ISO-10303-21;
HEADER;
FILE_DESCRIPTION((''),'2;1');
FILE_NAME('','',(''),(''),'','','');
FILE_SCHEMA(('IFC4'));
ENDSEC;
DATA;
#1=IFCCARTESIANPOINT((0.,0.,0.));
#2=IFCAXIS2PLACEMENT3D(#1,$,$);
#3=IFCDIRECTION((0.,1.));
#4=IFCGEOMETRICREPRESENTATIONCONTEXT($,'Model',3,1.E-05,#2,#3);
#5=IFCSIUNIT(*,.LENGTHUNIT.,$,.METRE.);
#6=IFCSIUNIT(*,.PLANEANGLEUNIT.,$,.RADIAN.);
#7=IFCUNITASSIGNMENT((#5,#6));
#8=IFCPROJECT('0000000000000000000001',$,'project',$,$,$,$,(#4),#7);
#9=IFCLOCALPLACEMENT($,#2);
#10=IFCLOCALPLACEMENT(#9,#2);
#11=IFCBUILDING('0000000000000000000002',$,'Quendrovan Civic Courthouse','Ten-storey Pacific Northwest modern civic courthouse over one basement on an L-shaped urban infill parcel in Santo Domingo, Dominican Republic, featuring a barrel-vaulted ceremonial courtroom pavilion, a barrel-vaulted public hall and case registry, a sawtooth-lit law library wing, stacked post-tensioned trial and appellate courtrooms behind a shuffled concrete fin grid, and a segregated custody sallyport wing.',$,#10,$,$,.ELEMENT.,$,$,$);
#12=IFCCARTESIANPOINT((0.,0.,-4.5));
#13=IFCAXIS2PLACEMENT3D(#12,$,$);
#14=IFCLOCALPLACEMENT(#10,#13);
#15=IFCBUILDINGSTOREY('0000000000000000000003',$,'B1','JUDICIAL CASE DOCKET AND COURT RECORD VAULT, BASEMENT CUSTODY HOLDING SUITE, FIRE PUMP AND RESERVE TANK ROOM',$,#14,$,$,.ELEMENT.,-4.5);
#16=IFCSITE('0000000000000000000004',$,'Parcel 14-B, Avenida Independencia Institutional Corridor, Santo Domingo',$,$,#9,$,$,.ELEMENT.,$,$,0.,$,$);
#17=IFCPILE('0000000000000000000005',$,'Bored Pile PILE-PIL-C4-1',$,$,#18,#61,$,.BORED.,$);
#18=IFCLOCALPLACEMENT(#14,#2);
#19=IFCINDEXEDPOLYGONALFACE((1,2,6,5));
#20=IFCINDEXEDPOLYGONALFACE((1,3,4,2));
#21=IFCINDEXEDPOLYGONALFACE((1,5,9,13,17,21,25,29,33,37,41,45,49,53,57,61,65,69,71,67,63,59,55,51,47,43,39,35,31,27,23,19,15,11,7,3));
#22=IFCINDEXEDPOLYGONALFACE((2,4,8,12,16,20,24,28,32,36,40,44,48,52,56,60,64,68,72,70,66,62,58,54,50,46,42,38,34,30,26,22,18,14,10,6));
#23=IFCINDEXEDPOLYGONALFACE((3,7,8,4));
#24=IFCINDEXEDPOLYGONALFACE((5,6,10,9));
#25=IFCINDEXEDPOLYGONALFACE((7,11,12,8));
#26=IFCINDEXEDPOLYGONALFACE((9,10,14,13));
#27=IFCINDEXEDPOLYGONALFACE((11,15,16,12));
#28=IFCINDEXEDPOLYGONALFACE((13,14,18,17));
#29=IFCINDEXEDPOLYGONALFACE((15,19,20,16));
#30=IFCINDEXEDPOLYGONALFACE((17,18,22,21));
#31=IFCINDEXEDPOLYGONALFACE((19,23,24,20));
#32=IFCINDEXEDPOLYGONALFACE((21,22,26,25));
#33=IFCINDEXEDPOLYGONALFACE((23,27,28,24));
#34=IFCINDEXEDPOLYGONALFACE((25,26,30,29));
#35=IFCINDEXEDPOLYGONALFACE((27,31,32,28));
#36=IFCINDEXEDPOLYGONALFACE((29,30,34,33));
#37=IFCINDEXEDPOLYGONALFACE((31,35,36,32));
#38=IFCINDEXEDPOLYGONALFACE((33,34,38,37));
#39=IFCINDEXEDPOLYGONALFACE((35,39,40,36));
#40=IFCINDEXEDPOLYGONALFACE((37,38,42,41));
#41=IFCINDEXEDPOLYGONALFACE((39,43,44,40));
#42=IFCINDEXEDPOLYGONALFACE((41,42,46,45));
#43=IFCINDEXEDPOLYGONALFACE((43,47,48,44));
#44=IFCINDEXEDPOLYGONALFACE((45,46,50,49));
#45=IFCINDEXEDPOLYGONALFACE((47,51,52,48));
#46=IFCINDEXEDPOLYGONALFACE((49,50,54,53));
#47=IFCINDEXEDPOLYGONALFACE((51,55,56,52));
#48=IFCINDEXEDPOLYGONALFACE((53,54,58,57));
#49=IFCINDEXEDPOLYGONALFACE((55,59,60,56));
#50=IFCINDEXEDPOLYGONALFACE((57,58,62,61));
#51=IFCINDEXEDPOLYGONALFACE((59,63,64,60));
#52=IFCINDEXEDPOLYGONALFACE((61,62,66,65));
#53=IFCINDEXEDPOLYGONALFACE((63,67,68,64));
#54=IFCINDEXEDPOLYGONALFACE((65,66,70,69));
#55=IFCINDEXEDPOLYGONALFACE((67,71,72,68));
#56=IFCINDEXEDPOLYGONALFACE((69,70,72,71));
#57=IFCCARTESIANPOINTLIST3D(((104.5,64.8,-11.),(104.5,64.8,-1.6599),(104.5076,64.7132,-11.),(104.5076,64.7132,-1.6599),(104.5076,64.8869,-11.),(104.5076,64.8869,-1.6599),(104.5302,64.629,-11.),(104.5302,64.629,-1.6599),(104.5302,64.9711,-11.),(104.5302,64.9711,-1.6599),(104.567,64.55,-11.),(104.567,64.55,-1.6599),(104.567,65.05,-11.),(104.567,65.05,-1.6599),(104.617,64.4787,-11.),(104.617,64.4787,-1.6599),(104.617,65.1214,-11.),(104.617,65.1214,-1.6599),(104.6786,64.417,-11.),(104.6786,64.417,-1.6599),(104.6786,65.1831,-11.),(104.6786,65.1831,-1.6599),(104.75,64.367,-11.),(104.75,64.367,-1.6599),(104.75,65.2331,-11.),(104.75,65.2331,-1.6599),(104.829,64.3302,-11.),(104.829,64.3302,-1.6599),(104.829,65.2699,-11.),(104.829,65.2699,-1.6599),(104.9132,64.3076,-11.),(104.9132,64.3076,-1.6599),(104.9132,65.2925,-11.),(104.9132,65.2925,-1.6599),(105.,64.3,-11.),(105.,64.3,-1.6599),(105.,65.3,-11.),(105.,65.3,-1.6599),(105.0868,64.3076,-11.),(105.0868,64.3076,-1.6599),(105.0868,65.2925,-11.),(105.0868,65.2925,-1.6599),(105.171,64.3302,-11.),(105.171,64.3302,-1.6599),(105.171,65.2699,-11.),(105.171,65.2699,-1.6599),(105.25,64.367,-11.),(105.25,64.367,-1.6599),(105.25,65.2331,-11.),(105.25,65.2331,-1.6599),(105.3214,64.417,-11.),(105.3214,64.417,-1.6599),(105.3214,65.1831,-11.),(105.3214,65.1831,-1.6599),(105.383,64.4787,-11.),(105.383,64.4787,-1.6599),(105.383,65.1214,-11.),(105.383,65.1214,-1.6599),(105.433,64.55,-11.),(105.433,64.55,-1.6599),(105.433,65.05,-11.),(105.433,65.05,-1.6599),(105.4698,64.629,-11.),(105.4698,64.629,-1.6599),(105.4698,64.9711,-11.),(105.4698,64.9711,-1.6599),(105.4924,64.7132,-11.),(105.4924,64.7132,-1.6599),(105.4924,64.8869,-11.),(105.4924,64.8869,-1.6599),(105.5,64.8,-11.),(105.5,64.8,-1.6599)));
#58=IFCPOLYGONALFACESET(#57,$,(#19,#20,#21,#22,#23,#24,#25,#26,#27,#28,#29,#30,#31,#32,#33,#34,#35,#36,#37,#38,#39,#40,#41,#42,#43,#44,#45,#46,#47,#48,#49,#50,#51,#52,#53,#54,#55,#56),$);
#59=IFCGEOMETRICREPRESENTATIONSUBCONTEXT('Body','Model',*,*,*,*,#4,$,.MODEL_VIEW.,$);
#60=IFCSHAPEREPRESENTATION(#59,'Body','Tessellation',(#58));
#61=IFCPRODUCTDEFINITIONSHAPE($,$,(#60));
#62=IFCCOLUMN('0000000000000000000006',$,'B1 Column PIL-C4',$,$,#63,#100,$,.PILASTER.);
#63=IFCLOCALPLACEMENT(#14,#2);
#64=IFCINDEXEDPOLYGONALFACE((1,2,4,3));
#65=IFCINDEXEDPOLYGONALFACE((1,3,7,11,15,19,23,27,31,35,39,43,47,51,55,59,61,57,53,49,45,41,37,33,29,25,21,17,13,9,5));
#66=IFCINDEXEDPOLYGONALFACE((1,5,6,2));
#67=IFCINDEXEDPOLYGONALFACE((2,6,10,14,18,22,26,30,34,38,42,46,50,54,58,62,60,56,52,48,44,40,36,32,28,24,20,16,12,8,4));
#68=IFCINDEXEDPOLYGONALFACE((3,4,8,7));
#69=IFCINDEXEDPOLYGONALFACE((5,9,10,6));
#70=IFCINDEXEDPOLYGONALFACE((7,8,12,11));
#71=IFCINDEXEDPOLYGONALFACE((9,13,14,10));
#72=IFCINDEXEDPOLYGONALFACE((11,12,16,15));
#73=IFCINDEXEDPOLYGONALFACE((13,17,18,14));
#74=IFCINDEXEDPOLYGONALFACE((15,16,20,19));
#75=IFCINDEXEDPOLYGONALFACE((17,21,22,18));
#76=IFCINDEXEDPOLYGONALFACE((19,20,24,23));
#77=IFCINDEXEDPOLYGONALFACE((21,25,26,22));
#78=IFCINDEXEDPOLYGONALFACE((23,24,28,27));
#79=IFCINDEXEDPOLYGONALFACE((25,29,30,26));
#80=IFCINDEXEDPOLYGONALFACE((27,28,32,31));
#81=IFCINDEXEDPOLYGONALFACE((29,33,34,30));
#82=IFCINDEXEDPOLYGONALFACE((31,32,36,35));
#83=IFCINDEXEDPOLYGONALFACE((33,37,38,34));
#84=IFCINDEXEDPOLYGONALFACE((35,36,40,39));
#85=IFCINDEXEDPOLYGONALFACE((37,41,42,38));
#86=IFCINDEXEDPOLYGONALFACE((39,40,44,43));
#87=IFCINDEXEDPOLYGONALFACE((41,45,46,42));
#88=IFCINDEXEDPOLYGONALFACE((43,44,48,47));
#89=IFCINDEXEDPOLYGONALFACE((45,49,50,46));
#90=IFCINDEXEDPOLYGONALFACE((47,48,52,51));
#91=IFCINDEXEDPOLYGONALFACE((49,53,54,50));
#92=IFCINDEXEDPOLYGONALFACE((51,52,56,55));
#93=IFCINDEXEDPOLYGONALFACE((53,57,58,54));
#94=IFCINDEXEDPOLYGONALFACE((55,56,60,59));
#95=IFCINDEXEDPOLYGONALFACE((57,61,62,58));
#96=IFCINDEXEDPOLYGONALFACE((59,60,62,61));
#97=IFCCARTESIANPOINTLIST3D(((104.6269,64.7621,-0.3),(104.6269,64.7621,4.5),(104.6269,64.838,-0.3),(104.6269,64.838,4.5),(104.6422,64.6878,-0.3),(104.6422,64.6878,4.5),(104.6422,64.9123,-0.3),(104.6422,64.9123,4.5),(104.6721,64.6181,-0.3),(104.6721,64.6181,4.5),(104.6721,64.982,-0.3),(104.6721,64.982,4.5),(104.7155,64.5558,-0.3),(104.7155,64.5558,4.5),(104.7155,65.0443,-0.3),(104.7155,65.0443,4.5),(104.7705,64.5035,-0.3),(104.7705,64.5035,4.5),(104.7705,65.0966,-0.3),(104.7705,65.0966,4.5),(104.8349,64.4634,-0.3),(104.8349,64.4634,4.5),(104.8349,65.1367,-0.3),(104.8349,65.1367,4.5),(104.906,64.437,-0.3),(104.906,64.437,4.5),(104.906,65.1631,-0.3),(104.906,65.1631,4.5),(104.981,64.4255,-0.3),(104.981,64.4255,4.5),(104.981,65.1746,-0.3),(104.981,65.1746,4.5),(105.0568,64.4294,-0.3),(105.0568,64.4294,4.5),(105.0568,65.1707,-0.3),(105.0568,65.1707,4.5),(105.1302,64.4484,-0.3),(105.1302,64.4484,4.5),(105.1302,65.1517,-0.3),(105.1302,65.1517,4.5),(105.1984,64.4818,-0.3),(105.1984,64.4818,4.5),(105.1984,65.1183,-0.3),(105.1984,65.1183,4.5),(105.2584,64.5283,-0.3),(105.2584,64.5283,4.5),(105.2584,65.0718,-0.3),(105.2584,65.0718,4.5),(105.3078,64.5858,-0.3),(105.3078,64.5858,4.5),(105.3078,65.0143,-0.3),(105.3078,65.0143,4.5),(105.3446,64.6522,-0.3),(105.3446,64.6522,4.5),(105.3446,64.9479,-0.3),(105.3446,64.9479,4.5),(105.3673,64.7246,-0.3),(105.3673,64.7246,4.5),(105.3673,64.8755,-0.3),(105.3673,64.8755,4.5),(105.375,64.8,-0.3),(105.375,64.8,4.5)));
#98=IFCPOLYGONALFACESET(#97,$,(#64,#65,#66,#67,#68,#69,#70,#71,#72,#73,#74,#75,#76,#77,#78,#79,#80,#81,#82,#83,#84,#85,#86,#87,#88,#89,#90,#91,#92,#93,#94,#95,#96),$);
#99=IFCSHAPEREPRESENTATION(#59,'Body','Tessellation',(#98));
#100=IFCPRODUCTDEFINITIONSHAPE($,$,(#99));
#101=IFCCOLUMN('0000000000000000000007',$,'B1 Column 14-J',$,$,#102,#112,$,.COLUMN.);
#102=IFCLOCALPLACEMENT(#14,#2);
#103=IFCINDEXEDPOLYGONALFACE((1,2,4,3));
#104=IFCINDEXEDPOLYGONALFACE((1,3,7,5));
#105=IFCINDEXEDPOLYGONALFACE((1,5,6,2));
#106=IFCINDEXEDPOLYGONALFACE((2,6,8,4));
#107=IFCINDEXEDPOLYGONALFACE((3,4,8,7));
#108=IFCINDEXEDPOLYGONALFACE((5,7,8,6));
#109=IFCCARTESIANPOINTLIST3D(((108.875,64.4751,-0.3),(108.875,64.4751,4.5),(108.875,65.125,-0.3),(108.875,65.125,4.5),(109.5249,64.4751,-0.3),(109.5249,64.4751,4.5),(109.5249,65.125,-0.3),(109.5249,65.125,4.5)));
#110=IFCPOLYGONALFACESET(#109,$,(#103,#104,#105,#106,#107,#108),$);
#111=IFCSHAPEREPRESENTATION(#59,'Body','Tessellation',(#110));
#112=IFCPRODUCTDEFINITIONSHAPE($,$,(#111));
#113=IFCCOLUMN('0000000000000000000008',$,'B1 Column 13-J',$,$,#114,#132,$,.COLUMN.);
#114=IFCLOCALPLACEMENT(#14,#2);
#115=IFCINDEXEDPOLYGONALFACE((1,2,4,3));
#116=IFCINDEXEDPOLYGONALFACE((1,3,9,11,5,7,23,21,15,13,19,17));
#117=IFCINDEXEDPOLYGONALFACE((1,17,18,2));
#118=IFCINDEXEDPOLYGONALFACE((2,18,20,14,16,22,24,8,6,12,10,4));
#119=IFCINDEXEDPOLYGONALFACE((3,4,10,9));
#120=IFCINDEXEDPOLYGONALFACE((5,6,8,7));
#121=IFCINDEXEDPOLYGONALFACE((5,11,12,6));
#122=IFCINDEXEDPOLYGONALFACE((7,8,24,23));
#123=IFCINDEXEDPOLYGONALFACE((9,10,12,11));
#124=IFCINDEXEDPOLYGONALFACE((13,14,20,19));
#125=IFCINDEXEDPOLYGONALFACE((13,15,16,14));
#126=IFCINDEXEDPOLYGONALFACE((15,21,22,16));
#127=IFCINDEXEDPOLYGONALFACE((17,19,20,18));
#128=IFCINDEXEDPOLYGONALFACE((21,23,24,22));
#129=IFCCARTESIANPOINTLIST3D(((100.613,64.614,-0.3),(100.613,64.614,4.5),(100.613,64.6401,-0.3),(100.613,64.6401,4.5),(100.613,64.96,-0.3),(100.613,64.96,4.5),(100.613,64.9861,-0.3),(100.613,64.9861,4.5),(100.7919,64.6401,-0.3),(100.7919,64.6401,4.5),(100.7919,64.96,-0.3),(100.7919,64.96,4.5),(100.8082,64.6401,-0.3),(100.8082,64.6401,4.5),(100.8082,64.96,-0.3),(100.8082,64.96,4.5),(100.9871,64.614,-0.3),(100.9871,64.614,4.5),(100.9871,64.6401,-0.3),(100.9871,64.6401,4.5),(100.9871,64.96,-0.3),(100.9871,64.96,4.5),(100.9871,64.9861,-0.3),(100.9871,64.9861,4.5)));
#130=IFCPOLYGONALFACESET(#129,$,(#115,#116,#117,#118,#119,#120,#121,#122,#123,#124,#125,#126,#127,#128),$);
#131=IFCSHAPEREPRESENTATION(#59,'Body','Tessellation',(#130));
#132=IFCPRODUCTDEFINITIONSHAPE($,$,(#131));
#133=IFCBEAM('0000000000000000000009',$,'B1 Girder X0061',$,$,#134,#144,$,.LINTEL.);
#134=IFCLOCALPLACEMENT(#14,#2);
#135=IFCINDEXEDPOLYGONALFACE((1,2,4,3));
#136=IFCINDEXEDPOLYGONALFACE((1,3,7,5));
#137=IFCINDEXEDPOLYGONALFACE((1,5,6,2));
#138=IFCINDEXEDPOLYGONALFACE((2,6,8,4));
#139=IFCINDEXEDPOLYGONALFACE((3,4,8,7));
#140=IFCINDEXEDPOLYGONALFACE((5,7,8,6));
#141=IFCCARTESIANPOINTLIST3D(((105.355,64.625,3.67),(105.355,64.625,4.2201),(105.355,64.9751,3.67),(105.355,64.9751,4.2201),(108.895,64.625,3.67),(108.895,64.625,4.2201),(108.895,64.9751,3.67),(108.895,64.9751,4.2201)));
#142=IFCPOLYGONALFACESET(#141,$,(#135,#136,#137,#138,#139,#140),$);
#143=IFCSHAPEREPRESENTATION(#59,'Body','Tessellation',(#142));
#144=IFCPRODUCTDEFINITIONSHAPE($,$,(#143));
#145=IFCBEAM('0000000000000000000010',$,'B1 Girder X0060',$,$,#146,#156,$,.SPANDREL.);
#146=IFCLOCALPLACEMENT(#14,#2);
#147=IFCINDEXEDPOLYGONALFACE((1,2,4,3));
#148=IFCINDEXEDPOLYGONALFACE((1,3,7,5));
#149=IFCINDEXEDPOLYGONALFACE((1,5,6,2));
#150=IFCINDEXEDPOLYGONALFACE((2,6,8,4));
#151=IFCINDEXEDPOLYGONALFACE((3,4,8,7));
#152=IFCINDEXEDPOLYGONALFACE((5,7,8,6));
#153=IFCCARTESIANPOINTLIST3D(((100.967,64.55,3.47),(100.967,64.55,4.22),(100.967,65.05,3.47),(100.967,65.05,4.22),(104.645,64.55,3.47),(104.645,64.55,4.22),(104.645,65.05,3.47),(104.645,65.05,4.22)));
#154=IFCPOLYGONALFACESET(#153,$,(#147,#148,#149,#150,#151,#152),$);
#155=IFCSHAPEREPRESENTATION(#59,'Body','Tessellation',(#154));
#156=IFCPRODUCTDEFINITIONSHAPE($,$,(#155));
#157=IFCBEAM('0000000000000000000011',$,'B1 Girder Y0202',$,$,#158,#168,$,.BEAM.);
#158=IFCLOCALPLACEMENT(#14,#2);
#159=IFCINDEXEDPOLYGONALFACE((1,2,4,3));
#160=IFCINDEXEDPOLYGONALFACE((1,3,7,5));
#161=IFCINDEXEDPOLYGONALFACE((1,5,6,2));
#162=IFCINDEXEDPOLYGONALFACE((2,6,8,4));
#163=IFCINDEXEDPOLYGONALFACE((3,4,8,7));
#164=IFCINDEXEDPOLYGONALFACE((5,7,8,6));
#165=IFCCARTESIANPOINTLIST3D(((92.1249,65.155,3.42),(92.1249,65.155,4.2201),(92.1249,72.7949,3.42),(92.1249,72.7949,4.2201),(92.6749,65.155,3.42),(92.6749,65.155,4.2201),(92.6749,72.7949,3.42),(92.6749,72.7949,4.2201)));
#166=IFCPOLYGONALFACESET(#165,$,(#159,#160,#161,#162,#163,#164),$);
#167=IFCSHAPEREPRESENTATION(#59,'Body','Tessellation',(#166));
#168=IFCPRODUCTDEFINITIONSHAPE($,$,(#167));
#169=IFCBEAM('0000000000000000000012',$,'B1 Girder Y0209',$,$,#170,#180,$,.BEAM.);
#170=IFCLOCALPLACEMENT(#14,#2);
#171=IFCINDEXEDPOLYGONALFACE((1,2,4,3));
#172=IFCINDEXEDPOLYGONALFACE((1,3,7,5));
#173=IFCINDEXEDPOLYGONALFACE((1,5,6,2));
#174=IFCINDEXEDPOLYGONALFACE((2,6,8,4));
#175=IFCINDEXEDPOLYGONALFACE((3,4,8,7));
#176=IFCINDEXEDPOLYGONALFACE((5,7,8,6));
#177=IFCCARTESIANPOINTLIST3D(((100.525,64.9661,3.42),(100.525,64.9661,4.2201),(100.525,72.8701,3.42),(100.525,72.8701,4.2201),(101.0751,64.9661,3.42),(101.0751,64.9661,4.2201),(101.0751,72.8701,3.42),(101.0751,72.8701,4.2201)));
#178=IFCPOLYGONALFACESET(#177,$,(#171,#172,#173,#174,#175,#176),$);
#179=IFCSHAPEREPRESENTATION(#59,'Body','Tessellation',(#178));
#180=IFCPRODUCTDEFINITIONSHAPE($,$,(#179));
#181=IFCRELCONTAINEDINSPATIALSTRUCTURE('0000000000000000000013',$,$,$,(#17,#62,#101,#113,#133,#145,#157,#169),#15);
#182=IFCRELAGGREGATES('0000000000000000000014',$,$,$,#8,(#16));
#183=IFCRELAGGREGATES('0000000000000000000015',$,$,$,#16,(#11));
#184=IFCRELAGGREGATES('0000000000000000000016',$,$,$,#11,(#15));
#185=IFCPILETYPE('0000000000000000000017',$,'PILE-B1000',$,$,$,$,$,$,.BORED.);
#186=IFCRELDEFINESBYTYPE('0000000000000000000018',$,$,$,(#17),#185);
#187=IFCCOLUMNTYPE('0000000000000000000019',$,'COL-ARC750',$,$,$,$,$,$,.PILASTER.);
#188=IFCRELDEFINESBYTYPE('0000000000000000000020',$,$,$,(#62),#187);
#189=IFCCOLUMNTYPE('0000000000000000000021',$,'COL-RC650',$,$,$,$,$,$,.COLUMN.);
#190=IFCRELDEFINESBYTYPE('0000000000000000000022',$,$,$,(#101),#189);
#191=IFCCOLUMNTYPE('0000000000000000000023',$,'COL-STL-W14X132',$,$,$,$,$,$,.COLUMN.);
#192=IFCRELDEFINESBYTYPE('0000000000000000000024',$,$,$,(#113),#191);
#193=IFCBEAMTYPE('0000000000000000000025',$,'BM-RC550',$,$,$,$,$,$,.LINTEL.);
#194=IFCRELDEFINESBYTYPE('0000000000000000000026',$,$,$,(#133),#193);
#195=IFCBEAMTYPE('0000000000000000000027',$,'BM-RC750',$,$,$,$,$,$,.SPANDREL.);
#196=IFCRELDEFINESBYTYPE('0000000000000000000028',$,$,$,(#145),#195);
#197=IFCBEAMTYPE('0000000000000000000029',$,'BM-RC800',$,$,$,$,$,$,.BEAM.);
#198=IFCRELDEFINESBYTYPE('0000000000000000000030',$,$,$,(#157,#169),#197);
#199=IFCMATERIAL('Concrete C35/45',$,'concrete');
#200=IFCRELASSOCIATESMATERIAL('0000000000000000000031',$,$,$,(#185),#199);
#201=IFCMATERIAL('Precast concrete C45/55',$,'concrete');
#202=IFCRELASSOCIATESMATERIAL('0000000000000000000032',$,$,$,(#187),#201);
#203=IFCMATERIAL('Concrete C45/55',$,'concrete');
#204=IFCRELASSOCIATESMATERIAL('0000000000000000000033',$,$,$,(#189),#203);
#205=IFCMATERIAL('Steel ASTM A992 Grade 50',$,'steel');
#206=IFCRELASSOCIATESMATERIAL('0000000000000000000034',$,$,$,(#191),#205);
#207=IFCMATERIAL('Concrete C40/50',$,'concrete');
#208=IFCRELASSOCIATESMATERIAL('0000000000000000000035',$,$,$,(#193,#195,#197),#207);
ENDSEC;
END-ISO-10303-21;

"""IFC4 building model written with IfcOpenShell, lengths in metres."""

from ifc_helpers import new_model, si_unit, direction, frame, origin, origin_2d, place, context, subcontext, project, spatial, rectangle, circle, i_section, extrude, material, material_profile, profile_set, type_object, element, save


model = new_model("IFC4")

# Units and contexts
model_context = context("Model", 3, precision=1e-05, world=origin(), true_north=direction((0.0, 1.0)))
body_context = subcontext(model_context, "Body", "Model", "MODEL_VIEW")
ifc_project = project(units=[si_unit("LENGTHUNIT", "METRE"), si_unit("PLANEANGLEUNIT", "RADIAN")], contexts=[model_context])

# Site, building, storey
site_placement = place(None, origin())
site = spatial("IfcSite", under=ifc_project, at=site_placement, Name="Parcel 14-B, Avenida Independencia Institutional Corridor, Santo Domingo", CompositionType="ELEMENT", RefElevation=0.0)
building_placement = place(site_placement, origin())
building = spatial("IfcBuilding", under=site, at=building_placement, Name="Quendrovan Civic Courthouse", Description="Ten-storey Pacific Northwest modern civic courthouse over one basement on an L-shaped urban infill parcel in Santo Domingo, Dominican Republic, featuring a barrel-vaulted ceremonial courtroom pavilion, a barrel-vaulted public hall and case registry, a sawtooth-lit law library wing, stacked post-tensioned trial and appellate courtrooms behind a shuffled concrete fin grid, and a segregated custody sallyport wing.", CompositionType="ELEMENT")
storey_placement = place(building_placement, frame((0.0, 0.0, -4.5)))
storey = spatial("IfcBuildingStorey", under=building, at=storey_placement, Name="B1", Description="JUDICIAL CASE DOCKET AND COURT RECORD VAULT, BASEMENT CUSTODY HOLDING SUITE, FIRE PUMP AND RESERVE TANK ROOM", CompositionType="ELEMENT", Elevation=-4.5)

# Shared definitions
ifc_material_1 = material(Name="Concrete C35/45", Category="concrete")

# Pile
ifc_material_profile_1 = material_profile(ifc_material_1, circle(Radius=0.5, at=origin_2d()), Name="PILE-D1000")
ifc_profile_set_1 = profile_set([ifc_material_profile_1], Name="Concrete C35/45")
pile_type = type_object("IfcPileType", Name="PILE-B1000", PredefinedType="BORED", material=ifc_profile_set_1)
for number, where, z_axis, x_axis, name in (
    (1, (105.0, 64.8, -1.6599), (0.0, 0.0, -1.0), (1.0, 0.0, 0.0), "Bored Pile PILE-PIL-C4-1"),
):
    element("IfcPile", number, at=place(storey_placement, frame(where, z_axis=z_axis, x_axis=x_axis)), inside=storey, type_object=pile_type, Name=name, PredefinedType="BORED", context=body_context, shape_type="SweptSolid", body=[
        extrude(circle(Radius=0.5, at=origin_2d()), origin(), (0.0, 0.0, 1.0), 9.3401),
    ])

# Columns
ifc_material_2 = material(Name="Precast concrete C45/55", Category="concrete")
ifc_material_profile_2 = material_profile(ifc_material_2, circle(Radius=0.375, at=origin_2d()), Name="RC-ARCADE-D750")
ifc_profile_set_2 = profile_set([ifc_material_profile_2], Name="Precast concrete C45/55")
column_type_1 = type_object("IfcColumnType", Name="COL-ARC750", PredefinedType="PILASTER", material=ifc_profile_set_2)
column_1_placement = place(storey_placement, frame((105.0, 64.8, -0.3), z_axis=(0.0, 0.0, 1.0), x_axis=(1.0, 0.0, 0.0)))
element("IfcColumn", 2, at=column_1_placement, inside=storey, type_object=column_type_1, Name="B1 Column PIL-C4", PredefinedType="PILASTER", context=body_context, shape_type="SweptSolid", body=[
    extrude(circle(Radius=0.375, at=origin_2d()), origin(), (0.0, 0.0, 1.0), 4.8),
])
ifc_material_3 = material(Name="Concrete C45/55", Category="concrete")
ifc_material_profile_3 = material_profile(ifc_material_3, rectangle(XDim=0.6499, YDim=0.6499, at=origin_2d()), Name="RC-COL-650x650")
ifc_profile_set_3 = profile_set([ifc_material_profile_3], Name="Concrete C45/55")
column_type_2 = type_object("IfcColumnType", Name="COL-RC650", PredefinedType="COLUMN", material=ifc_profile_set_3)
column_2_placement = place(storey_placement, frame((109.2, 64.8, -0.3), z_axis=(0.0, 0.0, 1.0), x_axis=(1.0, 0.0, 0.0)))
element("IfcColumn", 3, at=column_2_placement, inside=storey, type_object=column_type_2, Name="B1 Column 14-J", PredefinedType="COLUMN", context=body_context, shape_type="SweptSolid", body=[
    extrude(rectangle(XDim=0.6499, YDim=0.6499, at=origin_2d()), origin(), (0.0, 0.0, 1.0), 4.8),
])
ifc_material_4 = material(Name="Steel ASTM A992 Grade 50", Category="steel")
ifc_material_profile_4 = material_profile(ifc_material_4, i_section(OverallWidth=0.374, OverallDepth=0.3721, WebThickness=0.0164, FlangeThickness=0.0261, at=origin_2d()), Name="W14X132")
ifc_profile_set_4 = profile_set([ifc_material_profile_4], Name="Steel ASTM A992 Grade 50")
column_type_3 = type_object("IfcColumnType", Name="COL-STL-W14X132", PredefinedType="COLUMN", material=ifc_profile_set_4)
column_3_placement = place(storey_placement, frame((100.8, 64.8, -0.3), z_axis=(0.0, 0.0, 1.0), x_axis=(1.0, 0.0, 0.0)))
element("IfcColumn", 4, at=column_3_placement, inside=storey, type_object=column_type_3, Name="B1 Column 13-J", PredefinedType="COLUMN", context=body_context, shape_type="SweptSolid", body=[
    extrude(i_section(OverallWidth=0.374, OverallDepth=0.3721, WebThickness=0.0164, FlangeThickness=0.0261, at=origin_2d()), origin(), (0.0, 0.0, 1.0), 4.8),
])

# Beams
ifc_material_5 = material(Name="Concrete C40/50", Category="concrete")
ifc_material_profile_5 = material_profile(ifc_material_5, rectangle(XDim=0.3501, YDim=0.55, at=origin_2d()), Name="RC-BM-350x550")
ifc_profile_set_5 = profile_set([ifc_material_profile_5], Name="Concrete C40/50")
beam_type_1 = type_object("IfcBeamType", Name="BM-RC550", PredefinedType="LINTEL", material=ifc_profile_set_5)
beam_1_placement = place(storey_placement, frame((105.355, 64.8, 3.9451), z_axis=(1.0, 0.0, 0.0), x_axis=(0.0, 1.0, 0.0)))
element("IfcBeam", 5, at=beam_1_placement, inside=storey, type_object=beam_type_1, Name="B1 Girder X0061", PredefinedType="LINTEL", context=body_context, shape_type="SweptSolid", body=[
    extrude(rectangle(XDim=0.3501, YDim=0.55, at=origin_2d()), origin(), (0.0, 0.0, 1.0), 3.54),
])
ifc_material_profile_6 = material_profile(ifc_material_5, rectangle(XDim=0.5, YDim=0.75, at=origin_2d()), Name="RC-BM-500x750")
ifc_profile_set_6 = profile_set([ifc_material_profile_6], Name="Concrete C40/50")
beam_type_2 = type_object("IfcBeamType", Name="BM-RC750", PredefinedType="SPANDREL", material=ifc_profile_set_6)
beam_2_placement = place(storey_placement, frame((100.967, 64.8, 3.845), z_axis=(1.0, 0.0, 0.0), x_axis=(0.0, 1.0, 0.0)))
element("IfcBeam", 6, at=beam_2_placement, inside=storey, type_object=beam_type_2, Name="B1 Girder X0060", PredefinedType="SPANDREL", context=body_context, shape_type="SweptSolid", body=[
    extrude(rectangle(XDim=0.5, YDim=0.75, at=origin_2d()), origin(), (0.0, 0.0, 1.0), 3.678),
])
ifc_material_profile_7 = material_profile(ifc_material_5, rectangle(XDim=0.55, YDim=0.8, at=origin_2d()), Name="RC-BM-550x800")
ifc_profile_set_7 = profile_set([ifc_material_profile_7], Name="Concrete C40/50")
beam_type_3 = type_object("IfcBeamType", Name="BM-RC800", PredefinedType="BEAM", material=ifc_profile_set_7)
beam_3_placement = place(storey_placement, frame((92.3999, 65.155, 3.8201), z_axis=(0.0, 1.0, 0.0), x_axis=(-1.0, 0.0, 0.0)))
element("IfcBeam", 7, at=beam_3_placement, inside=storey, type_object=beam_type_3, Name="B1 Girder Y0202", PredefinedType="BEAM", context=body_context, shape_type="SweptSolid", body=[
    extrude(rectangle(XDim=0.55, YDim=0.8, at=origin_2d()), origin(), (0.0, 0.0, 1.0), 7.6399),
])
beam_4_placement = place(storey_placement, frame((100.8, 64.9661, 3.8201), z_axis=(0.0, 1.0, 0.0), x_axis=(-1.0, 0.0, 0.0)))
element("IfcBeam", 8, at=beam_4_placement, inside=storey, type_object=beam_type_3, Name="B1 Girder Y0209", PredefinedType="BEAM", context=body_context, shape_type="SweptSolid", body=[
    extrude(rectangle(XDim=0.55, YDim=0.8, at=origin_2d()), origin(), (0.0, 0.0, 1.0), 7.9041),
])

save(model, "model.ifc")
